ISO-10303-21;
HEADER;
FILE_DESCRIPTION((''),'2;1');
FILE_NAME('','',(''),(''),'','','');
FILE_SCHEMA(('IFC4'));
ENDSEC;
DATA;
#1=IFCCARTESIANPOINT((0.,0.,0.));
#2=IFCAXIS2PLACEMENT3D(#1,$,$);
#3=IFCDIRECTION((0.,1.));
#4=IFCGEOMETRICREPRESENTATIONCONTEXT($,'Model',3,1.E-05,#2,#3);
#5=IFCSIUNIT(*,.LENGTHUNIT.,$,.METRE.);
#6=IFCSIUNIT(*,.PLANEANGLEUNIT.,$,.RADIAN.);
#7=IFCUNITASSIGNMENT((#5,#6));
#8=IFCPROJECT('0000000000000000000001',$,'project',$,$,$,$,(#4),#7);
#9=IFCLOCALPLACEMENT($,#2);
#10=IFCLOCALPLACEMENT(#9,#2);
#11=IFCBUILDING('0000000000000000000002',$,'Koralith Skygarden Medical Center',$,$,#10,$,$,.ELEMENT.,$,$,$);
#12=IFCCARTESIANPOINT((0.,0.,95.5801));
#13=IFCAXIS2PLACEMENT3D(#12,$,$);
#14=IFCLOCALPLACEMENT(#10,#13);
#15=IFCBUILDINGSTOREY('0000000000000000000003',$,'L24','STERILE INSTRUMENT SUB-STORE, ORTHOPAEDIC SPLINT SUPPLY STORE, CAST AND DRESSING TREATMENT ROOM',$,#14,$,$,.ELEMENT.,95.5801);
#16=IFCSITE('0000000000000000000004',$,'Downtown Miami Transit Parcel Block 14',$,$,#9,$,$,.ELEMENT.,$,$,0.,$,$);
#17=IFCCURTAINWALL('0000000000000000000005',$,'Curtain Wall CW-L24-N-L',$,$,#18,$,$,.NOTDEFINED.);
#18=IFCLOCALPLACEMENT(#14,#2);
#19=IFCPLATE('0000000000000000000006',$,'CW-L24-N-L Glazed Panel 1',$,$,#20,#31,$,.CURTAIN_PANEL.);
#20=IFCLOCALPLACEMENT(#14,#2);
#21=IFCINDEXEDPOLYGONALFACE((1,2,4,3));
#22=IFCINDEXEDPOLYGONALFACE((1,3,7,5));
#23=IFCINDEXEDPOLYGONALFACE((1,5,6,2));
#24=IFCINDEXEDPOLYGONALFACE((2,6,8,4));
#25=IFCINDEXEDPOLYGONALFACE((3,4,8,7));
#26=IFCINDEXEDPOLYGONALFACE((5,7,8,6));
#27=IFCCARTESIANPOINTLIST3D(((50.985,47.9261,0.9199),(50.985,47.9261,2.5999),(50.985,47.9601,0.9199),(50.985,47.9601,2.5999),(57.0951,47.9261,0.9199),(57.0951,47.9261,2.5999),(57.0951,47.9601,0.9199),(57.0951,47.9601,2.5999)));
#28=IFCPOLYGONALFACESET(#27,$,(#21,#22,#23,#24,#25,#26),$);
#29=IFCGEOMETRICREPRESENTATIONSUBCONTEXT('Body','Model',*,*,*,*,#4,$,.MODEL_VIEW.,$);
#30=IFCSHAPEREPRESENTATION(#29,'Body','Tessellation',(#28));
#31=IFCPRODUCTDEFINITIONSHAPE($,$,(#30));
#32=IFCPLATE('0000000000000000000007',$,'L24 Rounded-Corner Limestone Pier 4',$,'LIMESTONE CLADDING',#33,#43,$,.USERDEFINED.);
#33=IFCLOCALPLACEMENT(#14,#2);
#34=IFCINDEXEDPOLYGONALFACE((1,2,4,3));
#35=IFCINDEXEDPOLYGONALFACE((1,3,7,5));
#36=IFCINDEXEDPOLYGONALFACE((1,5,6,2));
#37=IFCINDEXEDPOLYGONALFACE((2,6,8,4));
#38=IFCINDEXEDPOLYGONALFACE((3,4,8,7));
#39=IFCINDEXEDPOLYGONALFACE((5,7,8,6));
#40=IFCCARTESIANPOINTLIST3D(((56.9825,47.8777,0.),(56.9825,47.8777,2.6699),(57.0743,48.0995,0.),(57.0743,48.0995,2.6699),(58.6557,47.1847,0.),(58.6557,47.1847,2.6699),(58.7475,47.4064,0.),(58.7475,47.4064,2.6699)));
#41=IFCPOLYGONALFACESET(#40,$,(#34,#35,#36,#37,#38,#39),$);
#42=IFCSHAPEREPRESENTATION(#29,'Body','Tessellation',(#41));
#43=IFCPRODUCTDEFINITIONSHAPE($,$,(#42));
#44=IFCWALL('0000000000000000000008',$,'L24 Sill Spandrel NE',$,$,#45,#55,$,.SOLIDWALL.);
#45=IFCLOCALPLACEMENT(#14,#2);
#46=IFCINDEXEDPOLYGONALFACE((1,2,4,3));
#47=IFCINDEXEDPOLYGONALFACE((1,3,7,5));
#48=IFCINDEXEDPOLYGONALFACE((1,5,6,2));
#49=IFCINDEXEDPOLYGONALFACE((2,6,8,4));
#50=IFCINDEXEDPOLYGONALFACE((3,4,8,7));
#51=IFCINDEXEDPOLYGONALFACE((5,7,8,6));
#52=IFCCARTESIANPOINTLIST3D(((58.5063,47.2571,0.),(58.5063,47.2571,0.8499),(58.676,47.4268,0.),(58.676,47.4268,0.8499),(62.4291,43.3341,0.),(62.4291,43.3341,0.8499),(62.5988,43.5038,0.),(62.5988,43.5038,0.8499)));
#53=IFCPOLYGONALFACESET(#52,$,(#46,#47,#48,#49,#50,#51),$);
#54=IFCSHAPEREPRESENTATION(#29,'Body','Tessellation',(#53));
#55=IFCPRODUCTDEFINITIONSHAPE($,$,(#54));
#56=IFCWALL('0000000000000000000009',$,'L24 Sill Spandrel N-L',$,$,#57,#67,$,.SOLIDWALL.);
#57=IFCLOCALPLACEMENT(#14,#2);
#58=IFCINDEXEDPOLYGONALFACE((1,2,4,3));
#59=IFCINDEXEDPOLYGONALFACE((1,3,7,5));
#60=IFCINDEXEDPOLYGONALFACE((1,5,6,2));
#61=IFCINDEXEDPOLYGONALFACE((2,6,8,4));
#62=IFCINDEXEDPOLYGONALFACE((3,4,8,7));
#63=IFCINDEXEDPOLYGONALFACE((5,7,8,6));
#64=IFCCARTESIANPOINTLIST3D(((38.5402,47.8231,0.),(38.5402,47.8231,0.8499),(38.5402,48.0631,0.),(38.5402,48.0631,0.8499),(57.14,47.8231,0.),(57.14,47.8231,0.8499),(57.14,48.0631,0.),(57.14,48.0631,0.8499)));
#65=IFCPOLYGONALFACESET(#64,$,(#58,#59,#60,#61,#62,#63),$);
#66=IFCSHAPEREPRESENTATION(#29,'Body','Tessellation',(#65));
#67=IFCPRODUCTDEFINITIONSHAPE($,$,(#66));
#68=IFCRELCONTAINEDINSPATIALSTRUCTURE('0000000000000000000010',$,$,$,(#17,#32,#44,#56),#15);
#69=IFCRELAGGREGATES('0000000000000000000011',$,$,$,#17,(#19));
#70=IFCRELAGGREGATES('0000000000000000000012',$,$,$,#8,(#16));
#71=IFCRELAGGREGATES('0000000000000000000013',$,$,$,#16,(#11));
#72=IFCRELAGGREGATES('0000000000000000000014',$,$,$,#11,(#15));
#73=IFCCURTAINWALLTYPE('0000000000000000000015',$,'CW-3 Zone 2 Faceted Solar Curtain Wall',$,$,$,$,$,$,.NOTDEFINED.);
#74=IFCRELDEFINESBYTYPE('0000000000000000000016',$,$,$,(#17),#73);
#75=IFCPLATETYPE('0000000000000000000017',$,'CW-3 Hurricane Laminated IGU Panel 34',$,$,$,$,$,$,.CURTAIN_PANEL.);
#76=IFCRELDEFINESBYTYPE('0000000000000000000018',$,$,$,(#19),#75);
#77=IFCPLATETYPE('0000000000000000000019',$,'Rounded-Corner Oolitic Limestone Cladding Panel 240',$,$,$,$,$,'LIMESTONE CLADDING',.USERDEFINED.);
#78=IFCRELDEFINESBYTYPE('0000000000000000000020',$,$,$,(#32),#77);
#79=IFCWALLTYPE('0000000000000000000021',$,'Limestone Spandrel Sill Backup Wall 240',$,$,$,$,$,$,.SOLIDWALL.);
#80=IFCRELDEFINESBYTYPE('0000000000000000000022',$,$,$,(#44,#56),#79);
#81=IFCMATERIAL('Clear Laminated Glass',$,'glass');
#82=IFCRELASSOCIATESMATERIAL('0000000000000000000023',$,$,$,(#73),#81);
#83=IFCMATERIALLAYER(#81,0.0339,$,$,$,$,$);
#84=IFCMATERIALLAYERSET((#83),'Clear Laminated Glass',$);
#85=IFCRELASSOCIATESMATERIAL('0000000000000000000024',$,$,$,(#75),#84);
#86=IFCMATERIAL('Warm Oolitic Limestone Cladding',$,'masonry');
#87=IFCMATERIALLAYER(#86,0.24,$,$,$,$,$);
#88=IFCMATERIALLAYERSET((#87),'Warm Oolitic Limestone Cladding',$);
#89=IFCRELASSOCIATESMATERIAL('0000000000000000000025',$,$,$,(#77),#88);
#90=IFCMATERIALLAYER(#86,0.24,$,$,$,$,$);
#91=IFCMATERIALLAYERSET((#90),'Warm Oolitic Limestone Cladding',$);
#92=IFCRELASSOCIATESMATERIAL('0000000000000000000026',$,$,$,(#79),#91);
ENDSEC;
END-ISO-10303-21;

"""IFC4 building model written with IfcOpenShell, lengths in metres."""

from ifc_helpers import new_model, si_unit, direction, frame, frame_2d, origin, origin_2d, place, context, subcontext, project, spatial, rectangle, extrude, material, layer, layer_set, type_object, element, aggregate, save


model = new_model("IFC4")

# Units and contexts
model_context = context("Model", 3, precision=1e-05, world=origin(), true_north=direction((0.0, 1.0)))
body_context = subcontext(model_context, "Body", "Model", "MODEL_VIEW")
ifc_project = project(units=[si_unit("LENGTHUNIT", "METRE"), si_unit("PLANEANGLEUNIT", "RADIAN")], contexts=[model_context])

# Site, building, storey
site_placement = place(None, origin())
site = spatial("IfcSite", under=ifc_project, at=site_placement, Name="Downtown Miami Transit Parcel Block 14", CompositionType="ELEMENT", RefElevation=0.0)
building_placement = place(site_placement, origin())
building = spatial("IfcBuilding", under=site, at=building_placement, Name="Koralith Skygarden Medical Center", CompositionType="ELEMENT")
storey_placement = place(building_placement, frame((0.0, 0.0, 95.5801)))
storey = spatial("IfcBuildingStorey", under=building, at=storey_placement, Name="L24", Description="STERILE INSTRUMENT SUB-STORE, ORTHOPAEDIC SPLINT SUPPLY STORE, CAST AND DRESSING TREATMENT ROOM", CompositionType="ELEMENT", Elevation=95.5801)

# Shared definitions
ifc_material_1 = material(Name="Clear Laminated Glass", Category="glass")
curtain_wall_type = type_object("IfcCurtainWallType", Name="CW-3 Zone 2 Faceted Solar Curtain Wall", PredefinedType="NOTDEFINED", material=ifc_material_1)

# Curtain wall
curtain_wall_1_placement = place(storey_placement, origin())
curtain_wall_1 = element("IfcCurtainWall", 1, at=curtain_wall_1_placement, inside=storey, type_object=curtain_wall_type, Name="Curtain Wall CW-L24-N-L", PredefinedType="NOTDEFINED")

# Plates
ifc_layer_1 = layer(ifc_material_1, 0.0339)
ifc_layer_set_1 = layer_set([ifc_layer_1], Name="Clear Laminated Glass")
plate_type_1 = type_object("IfcPlateType", Name="CW-3 Hurricane Laminated IGU Panel 34", PredefinedType="CURTAIN_PANEL", material=ifc_layer_set_1)
plate_1_placement = place(storey_placement, frame((54.04, 47.9431, 0.9199), z_axis=(0.0, 0.0, 1.0), x_axis=(-1.0, 0.0, 0.0)))
plate_1 = element("IfcPlate", 2, at=plate_1_placement, type_object=plate_type_1, Name="CW-L24-N-L Glazed Panel 1", PredefinedType="CURTAIN_PANEL", context=body_context, shape_type="SweptSolid", body=[
    extrude(rectangle(XDim=6.1101, YDim=0.0339, at=origin_2d()), origin(), (0.0, 0.0, 1.0), 1.6799),
])
aggregate(curtain_wall_1, [plate_1])
ifc_material_2 = material(Name="Warm Oolitic Limestone Cladding", Category="masonry")
ifc_layer_2 = layer(ifc_material_2, 0.24)
ifc_layer_set_2 = layer_set([ifc_layer_2], Name="Warm Oolitic Limestone Cladding")
plate_type_2 = type_object("IfcPlateType", Name="Rounded-Corner Oolitic Limestone Cladding Panel 240", ElementType="LIMESTONE CLADDING", PredefinedType="USERDEFINED", material=ifc_layer_set_2)
plate_2_placement = place(storey_placement, frame((57.865, 47.6421, 0.0), z_axis=(0.0, 0.0, 1.0), x_axis=(-0.923885, 0.382671, 0.0)))
element("IfcPlate", 3, at=plate_2_placement, inside=storey, type_object=plate_type_2, Name="L24 Rounded-Corner Limestone Pier 4", ObjectType="LIMESTONE CLADDING", PredefinedType="USERDEFINED", context=body_context, shape_type="SweptSolid", body=[
    extrude(rectangle(XDim=1.811, YDim=0.24, at=origin_2d()), origin(), (0.0, 0.0, 1.0), 2.6699),
])

# Walls
ifc_layer_3 = layer(ifc_material_2, 0.24)
ifc_layer_set_3 = layer_set([ifc_layer_3], Name="Warm Oolitic Limestone Cladding")
wall_type = type_object("IfcWallType", Name="Limestone Spandrel Sill Backup Wall 240", PredefinedType="SOLIDWALL", material=ifc_layer_set_3)
wall_1_placement = place(storey_placement, frame((62.5139, 43.4189, 0.0), z_axis=(0.0, 0.0, 1.0), x_axis=(-0.707085, 0.707129, 0.0)))
element("IfcWall", 4, at=wall_1_placement, inside=storey, type_object=wall_type, Name="L24 Sill Spandrel NE", PredefinedType="SOLIDWALL", context=body_context, shape_type="SweptSolid", body=[
    extrude(rectangle(XDim=5.5479, YDim=0.24, at=frame_2d((2.7739, 0.0))), origin(), (0.0, 0.0, 1.0), 0.8499),
])
wall_2_placement = place(storey_placement, frame((57.1399, 47.9431, 0.0), z_axis=(0.0, 0.0, 1.0), x_axis=(-1.0, 0.0, 0.0)))
element("IfcWall", 5, at=wall_2_placement, inside=storey, type_object=wall_type, Name="L24 Sill Spandrel N-L", PredefinedType="SOLIDWALL", context=body_context, shape_type="SweptSolid", body=[
    extrude(rectangle(XDim=18.5999, YDim=0.24, at=frame_2d((9.2998, 0.0))), origin(), (0.0, 0.0, 1.0), 0.8499),
])

save(model, "model.ifc")
